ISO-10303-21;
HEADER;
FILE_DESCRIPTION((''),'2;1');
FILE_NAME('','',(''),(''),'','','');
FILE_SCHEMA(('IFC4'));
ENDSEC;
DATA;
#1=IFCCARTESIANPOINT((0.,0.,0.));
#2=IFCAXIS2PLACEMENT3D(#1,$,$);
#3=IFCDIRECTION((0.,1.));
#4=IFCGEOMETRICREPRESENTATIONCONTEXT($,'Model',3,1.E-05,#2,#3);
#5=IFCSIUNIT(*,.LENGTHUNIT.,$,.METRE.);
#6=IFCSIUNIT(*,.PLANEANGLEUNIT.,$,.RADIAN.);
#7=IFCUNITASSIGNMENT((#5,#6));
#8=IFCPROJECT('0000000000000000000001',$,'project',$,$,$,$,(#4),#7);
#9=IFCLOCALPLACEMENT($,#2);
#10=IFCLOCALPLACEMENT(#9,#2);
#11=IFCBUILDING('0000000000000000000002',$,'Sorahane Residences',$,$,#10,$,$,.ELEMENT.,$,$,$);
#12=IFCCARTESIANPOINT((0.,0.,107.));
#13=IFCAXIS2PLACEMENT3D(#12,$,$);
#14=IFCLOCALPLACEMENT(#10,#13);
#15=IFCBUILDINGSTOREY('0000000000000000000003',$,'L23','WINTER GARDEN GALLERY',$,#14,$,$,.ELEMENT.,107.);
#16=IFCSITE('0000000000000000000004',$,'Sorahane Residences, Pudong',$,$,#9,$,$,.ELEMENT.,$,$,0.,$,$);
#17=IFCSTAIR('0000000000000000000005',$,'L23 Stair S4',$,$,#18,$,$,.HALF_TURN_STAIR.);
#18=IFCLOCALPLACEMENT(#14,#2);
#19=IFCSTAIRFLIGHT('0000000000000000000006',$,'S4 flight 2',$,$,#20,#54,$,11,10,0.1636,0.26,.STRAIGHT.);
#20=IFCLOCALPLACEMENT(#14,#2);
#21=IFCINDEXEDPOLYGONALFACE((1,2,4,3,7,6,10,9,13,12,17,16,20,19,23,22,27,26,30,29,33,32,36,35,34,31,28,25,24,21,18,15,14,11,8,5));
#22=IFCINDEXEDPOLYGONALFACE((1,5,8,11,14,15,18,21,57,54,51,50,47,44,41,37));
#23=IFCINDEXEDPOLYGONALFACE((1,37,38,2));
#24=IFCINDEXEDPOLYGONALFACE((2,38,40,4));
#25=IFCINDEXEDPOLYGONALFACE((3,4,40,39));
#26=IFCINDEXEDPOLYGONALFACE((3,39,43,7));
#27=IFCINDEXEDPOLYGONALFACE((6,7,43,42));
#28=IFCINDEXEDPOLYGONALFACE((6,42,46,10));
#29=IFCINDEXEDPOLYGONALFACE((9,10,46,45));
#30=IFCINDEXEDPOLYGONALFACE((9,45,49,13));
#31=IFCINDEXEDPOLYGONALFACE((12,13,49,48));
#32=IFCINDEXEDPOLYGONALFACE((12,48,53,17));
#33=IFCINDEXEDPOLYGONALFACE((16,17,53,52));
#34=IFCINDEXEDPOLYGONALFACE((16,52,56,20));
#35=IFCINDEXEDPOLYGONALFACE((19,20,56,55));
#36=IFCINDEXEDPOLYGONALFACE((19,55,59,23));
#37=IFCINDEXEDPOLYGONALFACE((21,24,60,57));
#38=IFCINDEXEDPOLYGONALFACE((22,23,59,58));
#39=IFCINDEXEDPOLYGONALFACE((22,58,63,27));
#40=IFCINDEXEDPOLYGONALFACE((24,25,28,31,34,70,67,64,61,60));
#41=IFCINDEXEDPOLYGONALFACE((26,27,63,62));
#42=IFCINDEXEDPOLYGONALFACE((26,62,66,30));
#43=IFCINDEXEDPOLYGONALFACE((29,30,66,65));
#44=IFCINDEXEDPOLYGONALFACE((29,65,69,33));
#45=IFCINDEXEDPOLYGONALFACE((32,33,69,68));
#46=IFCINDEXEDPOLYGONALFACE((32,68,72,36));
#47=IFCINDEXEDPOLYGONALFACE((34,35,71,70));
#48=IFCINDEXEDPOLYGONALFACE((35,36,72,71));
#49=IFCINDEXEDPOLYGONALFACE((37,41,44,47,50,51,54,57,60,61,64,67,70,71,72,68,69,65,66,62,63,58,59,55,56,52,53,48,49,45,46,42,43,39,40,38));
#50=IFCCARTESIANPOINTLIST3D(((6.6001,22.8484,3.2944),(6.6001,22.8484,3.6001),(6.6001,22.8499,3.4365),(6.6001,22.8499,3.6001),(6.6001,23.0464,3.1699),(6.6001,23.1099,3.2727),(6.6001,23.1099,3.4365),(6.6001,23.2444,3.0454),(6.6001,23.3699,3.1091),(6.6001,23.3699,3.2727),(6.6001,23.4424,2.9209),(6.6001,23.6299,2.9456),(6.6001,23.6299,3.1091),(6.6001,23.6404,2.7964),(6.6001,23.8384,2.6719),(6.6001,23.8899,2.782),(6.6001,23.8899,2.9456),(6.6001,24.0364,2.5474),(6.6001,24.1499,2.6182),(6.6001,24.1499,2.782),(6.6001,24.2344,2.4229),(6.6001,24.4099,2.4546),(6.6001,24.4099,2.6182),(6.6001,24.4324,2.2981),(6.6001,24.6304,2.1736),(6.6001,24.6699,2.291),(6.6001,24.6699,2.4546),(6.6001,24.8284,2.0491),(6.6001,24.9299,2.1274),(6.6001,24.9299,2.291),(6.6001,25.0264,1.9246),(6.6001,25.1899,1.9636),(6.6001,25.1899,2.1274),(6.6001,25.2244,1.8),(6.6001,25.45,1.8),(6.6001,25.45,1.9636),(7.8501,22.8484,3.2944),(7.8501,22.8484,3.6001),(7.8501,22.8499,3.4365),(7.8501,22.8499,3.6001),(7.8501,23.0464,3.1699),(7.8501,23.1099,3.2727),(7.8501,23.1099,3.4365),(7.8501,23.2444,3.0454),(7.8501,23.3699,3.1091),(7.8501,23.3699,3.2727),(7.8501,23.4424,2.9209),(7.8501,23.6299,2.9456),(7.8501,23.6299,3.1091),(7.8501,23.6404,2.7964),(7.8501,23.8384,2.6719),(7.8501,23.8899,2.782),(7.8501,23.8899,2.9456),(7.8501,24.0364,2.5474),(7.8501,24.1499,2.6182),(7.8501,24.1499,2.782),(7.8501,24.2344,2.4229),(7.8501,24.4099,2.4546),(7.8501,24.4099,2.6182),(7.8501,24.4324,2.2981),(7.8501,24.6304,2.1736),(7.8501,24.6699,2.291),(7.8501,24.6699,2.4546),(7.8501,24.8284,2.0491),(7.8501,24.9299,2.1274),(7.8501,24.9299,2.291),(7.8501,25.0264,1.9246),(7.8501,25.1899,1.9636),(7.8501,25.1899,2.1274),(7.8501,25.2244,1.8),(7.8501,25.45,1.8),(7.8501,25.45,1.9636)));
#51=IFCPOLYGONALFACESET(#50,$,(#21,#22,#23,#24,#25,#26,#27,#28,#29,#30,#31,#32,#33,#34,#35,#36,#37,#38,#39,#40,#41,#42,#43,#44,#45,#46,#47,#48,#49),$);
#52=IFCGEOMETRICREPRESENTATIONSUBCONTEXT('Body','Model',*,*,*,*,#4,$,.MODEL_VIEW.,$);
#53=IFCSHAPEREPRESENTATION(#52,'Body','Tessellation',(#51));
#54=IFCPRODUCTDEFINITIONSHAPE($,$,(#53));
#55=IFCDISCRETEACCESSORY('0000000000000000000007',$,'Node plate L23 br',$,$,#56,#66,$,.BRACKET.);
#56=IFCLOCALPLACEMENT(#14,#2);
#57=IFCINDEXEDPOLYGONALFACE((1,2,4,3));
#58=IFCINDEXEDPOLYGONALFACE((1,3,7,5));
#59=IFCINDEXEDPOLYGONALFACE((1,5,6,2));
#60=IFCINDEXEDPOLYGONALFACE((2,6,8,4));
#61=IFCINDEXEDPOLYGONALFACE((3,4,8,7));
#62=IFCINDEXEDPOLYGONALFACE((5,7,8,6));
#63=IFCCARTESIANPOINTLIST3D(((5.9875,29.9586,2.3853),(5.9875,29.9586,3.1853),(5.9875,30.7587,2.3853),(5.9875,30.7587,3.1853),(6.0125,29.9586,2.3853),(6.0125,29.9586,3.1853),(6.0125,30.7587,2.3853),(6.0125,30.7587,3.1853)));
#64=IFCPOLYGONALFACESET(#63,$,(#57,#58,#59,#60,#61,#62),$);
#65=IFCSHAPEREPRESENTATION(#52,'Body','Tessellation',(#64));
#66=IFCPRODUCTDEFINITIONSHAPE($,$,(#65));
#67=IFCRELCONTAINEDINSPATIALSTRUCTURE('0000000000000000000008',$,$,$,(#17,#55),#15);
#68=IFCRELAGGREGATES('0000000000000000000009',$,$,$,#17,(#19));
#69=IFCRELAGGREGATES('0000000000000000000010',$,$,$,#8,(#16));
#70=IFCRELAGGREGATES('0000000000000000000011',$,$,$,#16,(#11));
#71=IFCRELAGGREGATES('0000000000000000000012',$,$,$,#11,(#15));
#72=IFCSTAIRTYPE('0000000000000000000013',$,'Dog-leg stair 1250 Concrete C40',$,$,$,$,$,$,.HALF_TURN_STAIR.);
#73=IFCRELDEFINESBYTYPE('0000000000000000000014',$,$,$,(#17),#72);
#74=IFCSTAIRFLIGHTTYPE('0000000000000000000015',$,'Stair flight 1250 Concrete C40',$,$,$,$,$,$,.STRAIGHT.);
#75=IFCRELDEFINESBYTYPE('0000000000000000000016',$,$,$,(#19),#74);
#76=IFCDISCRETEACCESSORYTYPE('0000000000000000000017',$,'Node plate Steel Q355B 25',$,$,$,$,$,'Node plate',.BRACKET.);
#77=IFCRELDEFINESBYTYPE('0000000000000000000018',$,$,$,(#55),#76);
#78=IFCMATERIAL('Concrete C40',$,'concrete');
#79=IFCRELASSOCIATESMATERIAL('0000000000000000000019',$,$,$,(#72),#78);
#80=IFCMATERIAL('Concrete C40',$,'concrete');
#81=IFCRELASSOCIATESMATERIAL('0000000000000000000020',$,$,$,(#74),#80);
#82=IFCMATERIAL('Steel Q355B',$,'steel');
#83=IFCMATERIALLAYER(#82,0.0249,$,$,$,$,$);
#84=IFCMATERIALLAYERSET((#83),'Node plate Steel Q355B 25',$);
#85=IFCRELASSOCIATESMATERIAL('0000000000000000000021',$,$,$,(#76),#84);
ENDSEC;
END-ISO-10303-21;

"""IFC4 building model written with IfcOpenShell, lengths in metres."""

from ifc_helpers import new_model, si_unit, direction, frame, origin, origin_2d, place, context, subcontext, project, spatial, polyline, rectangle, outline, extrude, material, layer, layer_set, type_object, element, aggregate, save


model = new_model("IFC4")

# Units and contexts
model_context = context("Model", 3, precision=1e-05, world=origin(), true_north=direction((0.0, 1.0)))
body_context = subcontext(model_context, "Body", "Model", "MODEL_VIEW")
ifc_project = project(units=[si_unit("LENGTHUNIT", "METRE"), si_unit("PLANEANGLEUNIT", "RADIAN")], contexts=[model_context])

# Site, building, storey
site_placement = place(None, origin())
site = spatial("IfcSite", under=ifc_project, at=site_placement, Name="Sorahane Residences, Pudong", CompositionType="ELEMENT", RefElevation=0.0)
building_placement = place(site_placement, origin())
building = spatial("IfcBuilding", under=site, at=building_placement, Name="Sorahane Residences", CompositionType="ELEMENT")
storey_placement = place(building_placement, frame((0.0, 0.0, 107.0)))
storey = spatial("IfcBuildingStorey", under=building, at=storey_placement, Name="L23", Description="WINTER GARDEN GALLERY", CompositionType="ELEMENT", Elevation=107.0)

# Stair, stair flight
ifc_material_1 = material(Name="Concrete C40", Category="concrete")
stair_type = type_object("IfcStairType", Name="Dog-leg stair 1250 Concrete C40", PredefinedType="HALF_TURN_STAIR", material=ifc_material_1)
stair_placement = place(storey_placement, origin())
stair = element("IfcStair", 1, at=stair_placement, inside=storey, type_object=stair_type, Name="L23 Stair S4", PredefinedType="HALF_TURN_STAIR")
ifc_material_2 = material(Name="Concrete C40", Category="concrete")
stair_flight_type = type_object("IfcStairFlightType", Name="Stair flight 1250 Concrete C40", PredefinedType="STRAIGHT", material=ifc_material_2)
stair_flight_placement = place(storey_placement, frame((7.2251, 25.45, 1.8), z_axis=(0.0, 0.0, 1.0), x_axis=(0.0, -1.0, 0.0)))
stair_flight = element("IfcStairFlight", 2, at=stair_flight_placement, type_object=stair_flight_type, Name="S4 flight 2", NumberOfRisers=11, NumberOfTreads=10, PredefinedType="STRAIGHT", RiserHeight=0.1636, TreadLength=0.26, context=body_context, shape_type="SweptSolid", body=[
    extrude(outline(polyline([(0.0, 0.0), (0.0, 0.1636), (0.26, 0.1636), (0.26, 0.3274), (0.52, 0.3274), (0.52, 0.491), (0.78, 0.491), (0.78, 0.6545), (1.04, 0.6545), (1.04, 0.8181), (1.3, 0.8181), (1.3, 0.9819), (1.5601, 0.9819), (1.5601, 1.1455), (1.8201, 1.1455), (1.8201, 1.3091), (2.0801, 1.3091), (2.0801, 1.4727), (2.3401, 1.4727), (2.3401, 1.6365), (2.6001, 1.6365), (2.6001, 1.8), (2.6016, 1.8), (2.6016, 1.4944), (2.4036, 1.3699), (2.2056, 1.2454), (2.0076, 1.1208), (1.8096, 0.9963), (1.6116, 0.8718), (1.4136, 0.7473), (1.2156, 0.6228), (1.0176, 0.498), (0.8196, 0.3735), (0.6216, 0.249), (0.4236, 0.1245), (0.2256, 0.0), (0.0, 0.0)])), frame((0.0, 0.625, 0.0), z_axis=(0.0, -1.0, 0.0), x_axis=(1.0, 0.0, 0.0)), (0.0, 0.0, 1.0), 1.25),
])
aggregate(stair, [stair_flight])

# Discrete accessory
ifc_material_3 = material(Name="Steel Q355B", Category="steel")
ifc_layer_1 = layer(ifc_material_3, 0.0249)
ifc_layer_set_1 = layer_set([ifc_layer_1], Name="Node plate Steel Q355B 25")
discrete_accessory_type = type_object("IfcDiscreteAccessoryType", Name="Node plate Steel Q355B 25", ElementType="Node plate", PredefinedType="BRACKET", material=ifc_layer_set_1)
discrete_accessory_placement = place(storey_placement, frame((6.0, 30.3586, 2.3853), z_axis=(0.0, 0.0, 1.0), x_axis=(0.0, 1.0, 0.0)))
element("IfcDiscreteAccessory", 3, at=discrete_accessory_placement, inside=storey, type_object=discrete_accessory_type, Name="Node plate L23 br", PredefinedType="BRACKET", context=body_context, shape_type="SweptSolid", body=[
    extrude(rectangle(XDim=0.8, YDim=0.0249, at=origin_2d()), origin(), (0.0, 0.0, 1.0), 0.8),
])

save(model, "model.ifc")
